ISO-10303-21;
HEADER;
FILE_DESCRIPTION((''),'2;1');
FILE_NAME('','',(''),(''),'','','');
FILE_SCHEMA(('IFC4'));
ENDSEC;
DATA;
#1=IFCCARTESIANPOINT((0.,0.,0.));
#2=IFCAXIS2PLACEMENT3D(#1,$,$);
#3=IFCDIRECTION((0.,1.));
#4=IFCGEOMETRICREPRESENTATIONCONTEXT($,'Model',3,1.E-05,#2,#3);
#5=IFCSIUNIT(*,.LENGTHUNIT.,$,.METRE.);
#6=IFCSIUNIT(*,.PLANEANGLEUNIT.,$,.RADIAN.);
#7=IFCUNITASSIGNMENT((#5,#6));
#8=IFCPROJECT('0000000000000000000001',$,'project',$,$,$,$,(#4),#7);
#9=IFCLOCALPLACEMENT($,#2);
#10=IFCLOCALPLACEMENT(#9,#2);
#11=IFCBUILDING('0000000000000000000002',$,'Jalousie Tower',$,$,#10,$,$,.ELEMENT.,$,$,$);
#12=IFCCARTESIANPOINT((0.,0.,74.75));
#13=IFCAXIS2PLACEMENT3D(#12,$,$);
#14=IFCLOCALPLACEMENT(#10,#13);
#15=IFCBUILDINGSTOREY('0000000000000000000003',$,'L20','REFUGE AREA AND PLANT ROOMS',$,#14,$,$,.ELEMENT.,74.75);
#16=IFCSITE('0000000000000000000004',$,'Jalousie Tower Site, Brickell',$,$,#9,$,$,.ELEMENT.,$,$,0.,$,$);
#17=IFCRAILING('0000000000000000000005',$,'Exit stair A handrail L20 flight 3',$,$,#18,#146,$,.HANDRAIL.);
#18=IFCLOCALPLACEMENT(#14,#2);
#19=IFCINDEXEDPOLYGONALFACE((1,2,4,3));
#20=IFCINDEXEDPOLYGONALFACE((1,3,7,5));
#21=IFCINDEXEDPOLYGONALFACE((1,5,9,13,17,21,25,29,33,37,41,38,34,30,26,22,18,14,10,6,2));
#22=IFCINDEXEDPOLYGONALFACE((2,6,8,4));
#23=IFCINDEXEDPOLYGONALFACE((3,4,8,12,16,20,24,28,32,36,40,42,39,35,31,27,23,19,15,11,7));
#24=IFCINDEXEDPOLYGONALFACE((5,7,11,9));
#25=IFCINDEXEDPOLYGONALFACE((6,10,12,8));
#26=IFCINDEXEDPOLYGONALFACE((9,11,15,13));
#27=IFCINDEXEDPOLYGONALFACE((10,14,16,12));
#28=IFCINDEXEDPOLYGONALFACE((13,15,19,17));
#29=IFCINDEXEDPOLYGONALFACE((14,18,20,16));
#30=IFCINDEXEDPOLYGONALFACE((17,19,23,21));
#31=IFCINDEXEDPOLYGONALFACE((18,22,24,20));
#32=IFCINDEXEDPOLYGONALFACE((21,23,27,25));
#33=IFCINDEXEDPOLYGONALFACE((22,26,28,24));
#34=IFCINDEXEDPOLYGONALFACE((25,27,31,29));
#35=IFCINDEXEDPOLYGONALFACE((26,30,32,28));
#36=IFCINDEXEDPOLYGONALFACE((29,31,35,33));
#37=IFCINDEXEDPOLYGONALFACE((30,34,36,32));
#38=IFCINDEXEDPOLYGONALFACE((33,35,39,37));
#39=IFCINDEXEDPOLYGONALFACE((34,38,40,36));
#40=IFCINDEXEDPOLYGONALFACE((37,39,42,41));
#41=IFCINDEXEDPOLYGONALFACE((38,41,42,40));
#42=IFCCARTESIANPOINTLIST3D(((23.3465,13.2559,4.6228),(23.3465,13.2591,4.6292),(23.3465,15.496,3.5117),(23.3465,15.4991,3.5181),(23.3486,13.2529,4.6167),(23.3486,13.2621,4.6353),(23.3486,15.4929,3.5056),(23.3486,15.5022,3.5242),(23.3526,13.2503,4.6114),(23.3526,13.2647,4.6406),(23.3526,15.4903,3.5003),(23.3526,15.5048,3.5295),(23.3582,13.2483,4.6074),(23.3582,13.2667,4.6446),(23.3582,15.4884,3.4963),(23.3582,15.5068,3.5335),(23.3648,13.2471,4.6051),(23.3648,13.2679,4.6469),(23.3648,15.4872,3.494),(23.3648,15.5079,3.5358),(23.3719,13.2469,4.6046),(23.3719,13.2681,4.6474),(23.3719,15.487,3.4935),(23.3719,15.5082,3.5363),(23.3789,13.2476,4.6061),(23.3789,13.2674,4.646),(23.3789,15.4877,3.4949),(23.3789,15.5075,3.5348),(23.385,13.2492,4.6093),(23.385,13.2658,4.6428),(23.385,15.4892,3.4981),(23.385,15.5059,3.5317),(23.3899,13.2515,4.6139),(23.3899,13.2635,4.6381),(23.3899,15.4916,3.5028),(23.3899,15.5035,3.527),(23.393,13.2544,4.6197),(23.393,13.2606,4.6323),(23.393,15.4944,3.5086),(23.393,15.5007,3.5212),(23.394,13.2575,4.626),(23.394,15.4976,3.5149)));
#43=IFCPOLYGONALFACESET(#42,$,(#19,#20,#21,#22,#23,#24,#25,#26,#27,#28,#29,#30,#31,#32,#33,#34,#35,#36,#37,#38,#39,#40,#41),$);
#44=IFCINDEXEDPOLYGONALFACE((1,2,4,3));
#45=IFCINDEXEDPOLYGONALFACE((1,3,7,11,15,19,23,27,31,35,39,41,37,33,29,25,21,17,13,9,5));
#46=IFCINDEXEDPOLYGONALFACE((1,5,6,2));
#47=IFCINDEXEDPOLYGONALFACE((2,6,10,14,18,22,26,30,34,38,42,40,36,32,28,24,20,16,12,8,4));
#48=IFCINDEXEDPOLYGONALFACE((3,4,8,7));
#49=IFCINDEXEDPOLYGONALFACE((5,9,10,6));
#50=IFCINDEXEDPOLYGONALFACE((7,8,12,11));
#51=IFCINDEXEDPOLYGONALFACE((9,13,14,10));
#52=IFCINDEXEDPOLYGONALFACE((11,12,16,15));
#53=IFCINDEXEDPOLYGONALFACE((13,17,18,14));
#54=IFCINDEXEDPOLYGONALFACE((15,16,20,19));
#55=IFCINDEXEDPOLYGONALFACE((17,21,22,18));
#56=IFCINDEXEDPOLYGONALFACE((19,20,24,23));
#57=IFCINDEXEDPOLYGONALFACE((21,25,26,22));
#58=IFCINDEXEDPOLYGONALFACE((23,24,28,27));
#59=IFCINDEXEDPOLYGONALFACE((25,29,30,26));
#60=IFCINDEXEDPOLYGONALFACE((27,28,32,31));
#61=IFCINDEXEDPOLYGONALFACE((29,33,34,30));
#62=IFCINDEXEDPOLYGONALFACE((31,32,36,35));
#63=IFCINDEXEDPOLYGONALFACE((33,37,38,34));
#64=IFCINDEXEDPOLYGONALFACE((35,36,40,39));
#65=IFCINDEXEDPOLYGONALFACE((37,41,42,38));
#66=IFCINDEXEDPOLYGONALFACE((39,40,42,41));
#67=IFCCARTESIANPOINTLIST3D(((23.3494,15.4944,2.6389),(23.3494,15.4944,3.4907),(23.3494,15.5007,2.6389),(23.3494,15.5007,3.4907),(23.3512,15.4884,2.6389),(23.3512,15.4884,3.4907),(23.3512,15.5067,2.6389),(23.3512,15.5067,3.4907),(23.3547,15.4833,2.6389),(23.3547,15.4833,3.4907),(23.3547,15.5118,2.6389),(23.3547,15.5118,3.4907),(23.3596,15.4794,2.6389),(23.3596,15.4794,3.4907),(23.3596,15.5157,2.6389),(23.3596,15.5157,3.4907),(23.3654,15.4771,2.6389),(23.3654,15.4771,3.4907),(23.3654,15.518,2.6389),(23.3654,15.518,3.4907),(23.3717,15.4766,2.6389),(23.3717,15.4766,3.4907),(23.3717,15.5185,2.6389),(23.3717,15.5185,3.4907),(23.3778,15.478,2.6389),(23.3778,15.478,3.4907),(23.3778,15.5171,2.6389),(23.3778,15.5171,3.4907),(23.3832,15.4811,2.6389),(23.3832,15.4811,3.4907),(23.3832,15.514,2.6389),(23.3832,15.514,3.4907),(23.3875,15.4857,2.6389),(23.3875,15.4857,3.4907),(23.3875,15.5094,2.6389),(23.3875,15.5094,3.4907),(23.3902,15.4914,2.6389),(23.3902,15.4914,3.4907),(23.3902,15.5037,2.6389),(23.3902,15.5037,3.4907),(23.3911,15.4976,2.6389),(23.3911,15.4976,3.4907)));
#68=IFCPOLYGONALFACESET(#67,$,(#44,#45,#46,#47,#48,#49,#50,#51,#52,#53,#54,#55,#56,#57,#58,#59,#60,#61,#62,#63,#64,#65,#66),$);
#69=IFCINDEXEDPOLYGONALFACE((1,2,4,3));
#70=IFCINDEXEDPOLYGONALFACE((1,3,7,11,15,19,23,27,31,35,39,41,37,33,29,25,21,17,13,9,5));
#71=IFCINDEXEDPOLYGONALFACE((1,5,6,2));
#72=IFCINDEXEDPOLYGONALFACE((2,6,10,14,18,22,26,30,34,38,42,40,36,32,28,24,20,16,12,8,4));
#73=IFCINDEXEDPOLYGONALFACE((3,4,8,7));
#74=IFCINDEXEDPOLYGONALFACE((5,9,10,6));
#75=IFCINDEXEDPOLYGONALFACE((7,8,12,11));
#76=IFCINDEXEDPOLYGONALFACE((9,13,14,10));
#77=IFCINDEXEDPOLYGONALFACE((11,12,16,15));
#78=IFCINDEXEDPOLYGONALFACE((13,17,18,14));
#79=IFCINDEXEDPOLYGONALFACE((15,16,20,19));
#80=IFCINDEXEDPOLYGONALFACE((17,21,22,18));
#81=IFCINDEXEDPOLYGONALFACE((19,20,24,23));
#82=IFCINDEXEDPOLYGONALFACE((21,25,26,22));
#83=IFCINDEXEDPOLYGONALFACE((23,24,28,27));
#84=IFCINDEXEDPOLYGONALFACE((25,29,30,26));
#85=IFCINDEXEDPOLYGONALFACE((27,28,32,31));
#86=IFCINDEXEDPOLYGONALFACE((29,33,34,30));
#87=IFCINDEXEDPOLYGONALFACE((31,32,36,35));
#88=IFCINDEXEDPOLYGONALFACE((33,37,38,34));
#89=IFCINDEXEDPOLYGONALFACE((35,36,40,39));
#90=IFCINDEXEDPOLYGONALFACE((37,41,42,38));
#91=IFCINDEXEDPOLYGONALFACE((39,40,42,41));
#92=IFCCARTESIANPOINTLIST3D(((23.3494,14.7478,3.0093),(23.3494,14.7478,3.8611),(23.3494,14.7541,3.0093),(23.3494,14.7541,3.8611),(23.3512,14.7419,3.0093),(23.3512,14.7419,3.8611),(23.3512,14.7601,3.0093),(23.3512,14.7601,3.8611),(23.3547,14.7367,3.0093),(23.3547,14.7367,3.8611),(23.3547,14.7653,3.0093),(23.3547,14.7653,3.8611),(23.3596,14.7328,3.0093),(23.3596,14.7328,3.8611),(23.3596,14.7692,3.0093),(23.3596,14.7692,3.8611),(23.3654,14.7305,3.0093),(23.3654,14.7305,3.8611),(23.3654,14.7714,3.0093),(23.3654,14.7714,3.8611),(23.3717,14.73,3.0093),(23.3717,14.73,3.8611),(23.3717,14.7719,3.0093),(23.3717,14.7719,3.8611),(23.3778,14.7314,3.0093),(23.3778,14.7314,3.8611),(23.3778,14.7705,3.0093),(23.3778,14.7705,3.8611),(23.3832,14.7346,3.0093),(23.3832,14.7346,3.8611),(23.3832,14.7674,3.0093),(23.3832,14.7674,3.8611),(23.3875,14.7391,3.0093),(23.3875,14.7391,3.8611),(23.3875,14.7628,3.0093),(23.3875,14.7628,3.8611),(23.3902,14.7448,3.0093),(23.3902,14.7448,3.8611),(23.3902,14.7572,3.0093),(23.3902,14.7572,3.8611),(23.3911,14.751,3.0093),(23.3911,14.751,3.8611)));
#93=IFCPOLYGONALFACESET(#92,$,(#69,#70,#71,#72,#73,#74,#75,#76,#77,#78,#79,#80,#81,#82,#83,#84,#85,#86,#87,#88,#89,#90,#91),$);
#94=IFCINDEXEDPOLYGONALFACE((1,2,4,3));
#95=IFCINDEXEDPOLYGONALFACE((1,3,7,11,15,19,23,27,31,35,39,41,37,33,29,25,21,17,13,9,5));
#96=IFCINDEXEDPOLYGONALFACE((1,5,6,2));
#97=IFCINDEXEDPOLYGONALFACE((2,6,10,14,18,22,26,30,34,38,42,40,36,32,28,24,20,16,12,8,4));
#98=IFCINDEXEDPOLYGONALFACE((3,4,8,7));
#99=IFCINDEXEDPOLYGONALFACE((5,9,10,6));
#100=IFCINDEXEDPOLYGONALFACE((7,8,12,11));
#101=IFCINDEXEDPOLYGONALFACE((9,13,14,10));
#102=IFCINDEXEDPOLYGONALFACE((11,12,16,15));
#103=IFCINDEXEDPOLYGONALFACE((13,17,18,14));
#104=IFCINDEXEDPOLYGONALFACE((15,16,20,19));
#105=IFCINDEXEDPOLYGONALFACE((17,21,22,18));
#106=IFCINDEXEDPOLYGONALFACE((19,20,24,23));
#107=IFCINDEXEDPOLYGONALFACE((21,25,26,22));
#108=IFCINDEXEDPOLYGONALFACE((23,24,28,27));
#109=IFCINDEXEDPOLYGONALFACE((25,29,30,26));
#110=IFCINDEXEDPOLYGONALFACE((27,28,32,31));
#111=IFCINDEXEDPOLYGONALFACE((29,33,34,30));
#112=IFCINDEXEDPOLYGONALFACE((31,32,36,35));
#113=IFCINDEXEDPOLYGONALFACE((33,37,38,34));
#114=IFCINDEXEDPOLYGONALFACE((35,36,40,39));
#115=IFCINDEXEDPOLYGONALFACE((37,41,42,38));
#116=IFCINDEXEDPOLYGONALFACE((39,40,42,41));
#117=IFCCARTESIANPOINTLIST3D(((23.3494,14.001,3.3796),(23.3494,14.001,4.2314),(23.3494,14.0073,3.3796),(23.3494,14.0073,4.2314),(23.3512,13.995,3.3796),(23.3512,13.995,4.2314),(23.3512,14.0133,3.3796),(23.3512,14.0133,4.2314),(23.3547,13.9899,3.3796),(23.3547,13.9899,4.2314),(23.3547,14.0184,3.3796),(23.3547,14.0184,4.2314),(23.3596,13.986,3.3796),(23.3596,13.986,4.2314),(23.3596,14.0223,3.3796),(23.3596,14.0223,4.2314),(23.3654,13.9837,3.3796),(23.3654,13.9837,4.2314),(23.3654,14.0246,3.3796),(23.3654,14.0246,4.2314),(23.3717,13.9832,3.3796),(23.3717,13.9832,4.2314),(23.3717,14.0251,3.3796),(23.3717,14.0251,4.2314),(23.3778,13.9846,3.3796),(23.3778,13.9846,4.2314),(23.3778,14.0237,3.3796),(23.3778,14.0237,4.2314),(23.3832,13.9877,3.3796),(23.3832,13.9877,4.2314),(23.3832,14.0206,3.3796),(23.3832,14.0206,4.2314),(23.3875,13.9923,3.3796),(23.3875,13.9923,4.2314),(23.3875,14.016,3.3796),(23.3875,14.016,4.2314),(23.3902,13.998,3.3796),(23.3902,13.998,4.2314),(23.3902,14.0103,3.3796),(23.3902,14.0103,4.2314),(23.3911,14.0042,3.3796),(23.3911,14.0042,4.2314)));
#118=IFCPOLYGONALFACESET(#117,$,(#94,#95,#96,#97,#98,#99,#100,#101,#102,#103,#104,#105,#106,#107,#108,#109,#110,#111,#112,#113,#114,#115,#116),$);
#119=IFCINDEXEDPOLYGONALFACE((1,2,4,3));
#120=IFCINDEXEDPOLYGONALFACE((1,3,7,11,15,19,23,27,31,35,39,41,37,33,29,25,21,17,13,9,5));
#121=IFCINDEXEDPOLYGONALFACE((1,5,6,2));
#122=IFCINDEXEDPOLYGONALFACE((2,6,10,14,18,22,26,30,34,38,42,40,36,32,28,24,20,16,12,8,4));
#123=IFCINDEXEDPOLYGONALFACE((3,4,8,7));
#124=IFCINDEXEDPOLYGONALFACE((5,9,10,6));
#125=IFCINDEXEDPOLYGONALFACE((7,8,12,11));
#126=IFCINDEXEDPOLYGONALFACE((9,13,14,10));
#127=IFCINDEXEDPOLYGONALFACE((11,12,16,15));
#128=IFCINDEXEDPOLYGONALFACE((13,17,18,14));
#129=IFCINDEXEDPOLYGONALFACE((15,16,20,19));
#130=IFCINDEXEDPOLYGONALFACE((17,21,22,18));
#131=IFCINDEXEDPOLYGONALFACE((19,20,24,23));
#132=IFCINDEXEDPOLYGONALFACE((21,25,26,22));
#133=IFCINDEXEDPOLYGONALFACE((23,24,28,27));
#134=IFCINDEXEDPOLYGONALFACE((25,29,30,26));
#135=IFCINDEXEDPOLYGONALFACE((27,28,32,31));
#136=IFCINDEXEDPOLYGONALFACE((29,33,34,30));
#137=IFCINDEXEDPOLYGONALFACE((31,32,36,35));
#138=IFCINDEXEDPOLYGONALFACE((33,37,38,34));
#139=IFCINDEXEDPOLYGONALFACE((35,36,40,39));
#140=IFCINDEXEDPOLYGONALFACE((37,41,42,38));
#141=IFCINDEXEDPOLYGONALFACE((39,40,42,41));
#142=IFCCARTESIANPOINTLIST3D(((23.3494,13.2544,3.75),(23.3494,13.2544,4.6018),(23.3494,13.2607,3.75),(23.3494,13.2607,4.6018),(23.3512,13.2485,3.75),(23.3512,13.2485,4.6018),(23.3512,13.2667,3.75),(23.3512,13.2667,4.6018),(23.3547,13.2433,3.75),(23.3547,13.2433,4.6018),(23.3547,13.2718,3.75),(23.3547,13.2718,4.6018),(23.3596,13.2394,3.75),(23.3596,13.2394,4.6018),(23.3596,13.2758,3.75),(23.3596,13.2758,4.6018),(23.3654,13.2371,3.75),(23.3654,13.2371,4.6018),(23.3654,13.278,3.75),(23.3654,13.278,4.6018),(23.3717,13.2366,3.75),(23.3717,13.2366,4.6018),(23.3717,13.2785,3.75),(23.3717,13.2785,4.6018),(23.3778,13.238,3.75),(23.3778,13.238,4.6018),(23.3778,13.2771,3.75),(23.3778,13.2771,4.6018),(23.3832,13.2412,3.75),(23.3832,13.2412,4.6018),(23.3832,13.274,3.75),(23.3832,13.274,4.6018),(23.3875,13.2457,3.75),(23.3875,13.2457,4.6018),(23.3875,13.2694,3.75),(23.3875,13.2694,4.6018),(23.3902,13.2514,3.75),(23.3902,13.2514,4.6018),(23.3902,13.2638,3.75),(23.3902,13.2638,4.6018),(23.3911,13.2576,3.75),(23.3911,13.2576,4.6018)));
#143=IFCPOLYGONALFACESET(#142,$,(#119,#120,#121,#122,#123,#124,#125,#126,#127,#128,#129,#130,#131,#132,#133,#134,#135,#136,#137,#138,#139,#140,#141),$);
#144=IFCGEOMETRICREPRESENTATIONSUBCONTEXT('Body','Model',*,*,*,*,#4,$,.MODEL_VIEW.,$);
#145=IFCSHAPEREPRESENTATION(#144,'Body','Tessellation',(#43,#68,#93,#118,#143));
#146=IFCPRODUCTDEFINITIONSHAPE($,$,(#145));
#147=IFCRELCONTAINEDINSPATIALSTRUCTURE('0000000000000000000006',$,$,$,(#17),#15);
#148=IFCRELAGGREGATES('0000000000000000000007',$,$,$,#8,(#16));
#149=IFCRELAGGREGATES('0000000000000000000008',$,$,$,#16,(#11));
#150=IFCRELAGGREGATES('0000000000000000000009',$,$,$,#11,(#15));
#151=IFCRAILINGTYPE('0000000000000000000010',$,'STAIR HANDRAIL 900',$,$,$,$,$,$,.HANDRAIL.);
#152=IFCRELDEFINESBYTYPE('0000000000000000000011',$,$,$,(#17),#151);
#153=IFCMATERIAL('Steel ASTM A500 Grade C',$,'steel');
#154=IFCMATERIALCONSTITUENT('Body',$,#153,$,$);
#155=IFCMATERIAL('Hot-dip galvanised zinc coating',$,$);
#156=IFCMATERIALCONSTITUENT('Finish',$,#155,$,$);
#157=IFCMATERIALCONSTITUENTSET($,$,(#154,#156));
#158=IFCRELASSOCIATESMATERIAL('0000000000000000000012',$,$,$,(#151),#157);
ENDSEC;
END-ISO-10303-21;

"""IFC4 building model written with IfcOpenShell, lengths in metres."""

from ifc_helpers import new_model, si_unit, direction, frame, origin, origin_2d, place, context, subcontext, project, spatial, circle, extrude, material, constituent, constituent_set, type_object, element, save


model = new_model("IFC4")

# Units and contexts
model_context = context("Model", 3, precision=1e-05, world=origin(), true_north=direction((0.0, 1.0)))
body_context = subcontext(model_context, "Body", "Model", "MODEL_VIEW")
ifc_project = project(units=[si_unit("LENGTHUNIT", "METRE"), si_unit("PLANEANGLEUNIT", "RADIAN")], contexts=[model_context])

# Site, building, storey
site_placement = place(None, origin())
site = spatial("IfcSite", under=ifc_project, at=site_placement, Name="Jalousie Tower Site, Brickell", CompositionType="ELEMENT", RefElevation=0.0)
building_placement = place(site_placement, origin())
building = spatial("IfcBuilding", under=site, at=building_placement, Name="Jalousie Tower", CompositionType="ELEMENT")
storey_placement = place(building_placement, frame((0.0, 0.0, 74.75)))
storey = spatial("IfcBuildingStorey", under=building, at=storey_placement, Name="L20", Description="REFUGE AREA AND PLANT ROOMS", CompositionType="ELEMENT", Elevation=74.75)

# Railing
ifc_material_1 = material(Name="Steel ASTM A500 Grade C", Category="steel")
ifc_constituent_1 = constituent(ifc_material_1, Name="Body")
ifc_material_2 = material(Name="Hot-dip galvanised zinc coating")
ifc_constituent_2 = constituent(ifc_material_2, Name="Finish")
ifc_constituent_set_1 = constituent_set(constituents=[ifc_constituent_1, ifc_constituent_2])
railing_type_1 = type_object("IfcRailingType", Name="STAIR HANDRAIL 900", PredefinedType="HANDRAIL", material=ifc_constituent_set_1)
railing_1_placement = place(storey_placement, frame((23.3701, 15.4976, 2.6389)))
element("IfcRailing", 1, at=railing_1_placement, inside=storey, type_object=railing_type_1, Name="Exit stair A handrail L20 flight 3", PredefinedType="HANDRAIL", context=body_context, shape_type="SweptSolid", body=[
    extrude(circle(Radius=0.0239, at=origin_2d()), frame((0.0, 0.0, 0.876), z_axis=(0.0, -0.895848, 0.44436), x_axis=(1.0, 0.0, 0.0)), (0.0, 0.0, 1.0), 2.5005),
    extrude(circle(Radius=0.021, at=origin_2d()), origin(), (0.0, 0.0, 1.0), 0.8518),
    extrude(circle(Radius=0.021, at=origin_2d()), frame((0.0, -0.7466, 0.3704)), (0.0, 0.0, 1.0), 0.8518),
    extrude(circle(Radius=0.021, at=origin_2d()), frame((0.0, -1.4934, 0.7407)), (0.0, 0.0, 1.0), 0.8518),
    extrude(circle(Radius=0.021, at=origin_2d()), frame((0.0, -2.24, 1.1111)), (0.0, 0.0, 1.0), 0.8518),
])

save(model, "model.ifc")
